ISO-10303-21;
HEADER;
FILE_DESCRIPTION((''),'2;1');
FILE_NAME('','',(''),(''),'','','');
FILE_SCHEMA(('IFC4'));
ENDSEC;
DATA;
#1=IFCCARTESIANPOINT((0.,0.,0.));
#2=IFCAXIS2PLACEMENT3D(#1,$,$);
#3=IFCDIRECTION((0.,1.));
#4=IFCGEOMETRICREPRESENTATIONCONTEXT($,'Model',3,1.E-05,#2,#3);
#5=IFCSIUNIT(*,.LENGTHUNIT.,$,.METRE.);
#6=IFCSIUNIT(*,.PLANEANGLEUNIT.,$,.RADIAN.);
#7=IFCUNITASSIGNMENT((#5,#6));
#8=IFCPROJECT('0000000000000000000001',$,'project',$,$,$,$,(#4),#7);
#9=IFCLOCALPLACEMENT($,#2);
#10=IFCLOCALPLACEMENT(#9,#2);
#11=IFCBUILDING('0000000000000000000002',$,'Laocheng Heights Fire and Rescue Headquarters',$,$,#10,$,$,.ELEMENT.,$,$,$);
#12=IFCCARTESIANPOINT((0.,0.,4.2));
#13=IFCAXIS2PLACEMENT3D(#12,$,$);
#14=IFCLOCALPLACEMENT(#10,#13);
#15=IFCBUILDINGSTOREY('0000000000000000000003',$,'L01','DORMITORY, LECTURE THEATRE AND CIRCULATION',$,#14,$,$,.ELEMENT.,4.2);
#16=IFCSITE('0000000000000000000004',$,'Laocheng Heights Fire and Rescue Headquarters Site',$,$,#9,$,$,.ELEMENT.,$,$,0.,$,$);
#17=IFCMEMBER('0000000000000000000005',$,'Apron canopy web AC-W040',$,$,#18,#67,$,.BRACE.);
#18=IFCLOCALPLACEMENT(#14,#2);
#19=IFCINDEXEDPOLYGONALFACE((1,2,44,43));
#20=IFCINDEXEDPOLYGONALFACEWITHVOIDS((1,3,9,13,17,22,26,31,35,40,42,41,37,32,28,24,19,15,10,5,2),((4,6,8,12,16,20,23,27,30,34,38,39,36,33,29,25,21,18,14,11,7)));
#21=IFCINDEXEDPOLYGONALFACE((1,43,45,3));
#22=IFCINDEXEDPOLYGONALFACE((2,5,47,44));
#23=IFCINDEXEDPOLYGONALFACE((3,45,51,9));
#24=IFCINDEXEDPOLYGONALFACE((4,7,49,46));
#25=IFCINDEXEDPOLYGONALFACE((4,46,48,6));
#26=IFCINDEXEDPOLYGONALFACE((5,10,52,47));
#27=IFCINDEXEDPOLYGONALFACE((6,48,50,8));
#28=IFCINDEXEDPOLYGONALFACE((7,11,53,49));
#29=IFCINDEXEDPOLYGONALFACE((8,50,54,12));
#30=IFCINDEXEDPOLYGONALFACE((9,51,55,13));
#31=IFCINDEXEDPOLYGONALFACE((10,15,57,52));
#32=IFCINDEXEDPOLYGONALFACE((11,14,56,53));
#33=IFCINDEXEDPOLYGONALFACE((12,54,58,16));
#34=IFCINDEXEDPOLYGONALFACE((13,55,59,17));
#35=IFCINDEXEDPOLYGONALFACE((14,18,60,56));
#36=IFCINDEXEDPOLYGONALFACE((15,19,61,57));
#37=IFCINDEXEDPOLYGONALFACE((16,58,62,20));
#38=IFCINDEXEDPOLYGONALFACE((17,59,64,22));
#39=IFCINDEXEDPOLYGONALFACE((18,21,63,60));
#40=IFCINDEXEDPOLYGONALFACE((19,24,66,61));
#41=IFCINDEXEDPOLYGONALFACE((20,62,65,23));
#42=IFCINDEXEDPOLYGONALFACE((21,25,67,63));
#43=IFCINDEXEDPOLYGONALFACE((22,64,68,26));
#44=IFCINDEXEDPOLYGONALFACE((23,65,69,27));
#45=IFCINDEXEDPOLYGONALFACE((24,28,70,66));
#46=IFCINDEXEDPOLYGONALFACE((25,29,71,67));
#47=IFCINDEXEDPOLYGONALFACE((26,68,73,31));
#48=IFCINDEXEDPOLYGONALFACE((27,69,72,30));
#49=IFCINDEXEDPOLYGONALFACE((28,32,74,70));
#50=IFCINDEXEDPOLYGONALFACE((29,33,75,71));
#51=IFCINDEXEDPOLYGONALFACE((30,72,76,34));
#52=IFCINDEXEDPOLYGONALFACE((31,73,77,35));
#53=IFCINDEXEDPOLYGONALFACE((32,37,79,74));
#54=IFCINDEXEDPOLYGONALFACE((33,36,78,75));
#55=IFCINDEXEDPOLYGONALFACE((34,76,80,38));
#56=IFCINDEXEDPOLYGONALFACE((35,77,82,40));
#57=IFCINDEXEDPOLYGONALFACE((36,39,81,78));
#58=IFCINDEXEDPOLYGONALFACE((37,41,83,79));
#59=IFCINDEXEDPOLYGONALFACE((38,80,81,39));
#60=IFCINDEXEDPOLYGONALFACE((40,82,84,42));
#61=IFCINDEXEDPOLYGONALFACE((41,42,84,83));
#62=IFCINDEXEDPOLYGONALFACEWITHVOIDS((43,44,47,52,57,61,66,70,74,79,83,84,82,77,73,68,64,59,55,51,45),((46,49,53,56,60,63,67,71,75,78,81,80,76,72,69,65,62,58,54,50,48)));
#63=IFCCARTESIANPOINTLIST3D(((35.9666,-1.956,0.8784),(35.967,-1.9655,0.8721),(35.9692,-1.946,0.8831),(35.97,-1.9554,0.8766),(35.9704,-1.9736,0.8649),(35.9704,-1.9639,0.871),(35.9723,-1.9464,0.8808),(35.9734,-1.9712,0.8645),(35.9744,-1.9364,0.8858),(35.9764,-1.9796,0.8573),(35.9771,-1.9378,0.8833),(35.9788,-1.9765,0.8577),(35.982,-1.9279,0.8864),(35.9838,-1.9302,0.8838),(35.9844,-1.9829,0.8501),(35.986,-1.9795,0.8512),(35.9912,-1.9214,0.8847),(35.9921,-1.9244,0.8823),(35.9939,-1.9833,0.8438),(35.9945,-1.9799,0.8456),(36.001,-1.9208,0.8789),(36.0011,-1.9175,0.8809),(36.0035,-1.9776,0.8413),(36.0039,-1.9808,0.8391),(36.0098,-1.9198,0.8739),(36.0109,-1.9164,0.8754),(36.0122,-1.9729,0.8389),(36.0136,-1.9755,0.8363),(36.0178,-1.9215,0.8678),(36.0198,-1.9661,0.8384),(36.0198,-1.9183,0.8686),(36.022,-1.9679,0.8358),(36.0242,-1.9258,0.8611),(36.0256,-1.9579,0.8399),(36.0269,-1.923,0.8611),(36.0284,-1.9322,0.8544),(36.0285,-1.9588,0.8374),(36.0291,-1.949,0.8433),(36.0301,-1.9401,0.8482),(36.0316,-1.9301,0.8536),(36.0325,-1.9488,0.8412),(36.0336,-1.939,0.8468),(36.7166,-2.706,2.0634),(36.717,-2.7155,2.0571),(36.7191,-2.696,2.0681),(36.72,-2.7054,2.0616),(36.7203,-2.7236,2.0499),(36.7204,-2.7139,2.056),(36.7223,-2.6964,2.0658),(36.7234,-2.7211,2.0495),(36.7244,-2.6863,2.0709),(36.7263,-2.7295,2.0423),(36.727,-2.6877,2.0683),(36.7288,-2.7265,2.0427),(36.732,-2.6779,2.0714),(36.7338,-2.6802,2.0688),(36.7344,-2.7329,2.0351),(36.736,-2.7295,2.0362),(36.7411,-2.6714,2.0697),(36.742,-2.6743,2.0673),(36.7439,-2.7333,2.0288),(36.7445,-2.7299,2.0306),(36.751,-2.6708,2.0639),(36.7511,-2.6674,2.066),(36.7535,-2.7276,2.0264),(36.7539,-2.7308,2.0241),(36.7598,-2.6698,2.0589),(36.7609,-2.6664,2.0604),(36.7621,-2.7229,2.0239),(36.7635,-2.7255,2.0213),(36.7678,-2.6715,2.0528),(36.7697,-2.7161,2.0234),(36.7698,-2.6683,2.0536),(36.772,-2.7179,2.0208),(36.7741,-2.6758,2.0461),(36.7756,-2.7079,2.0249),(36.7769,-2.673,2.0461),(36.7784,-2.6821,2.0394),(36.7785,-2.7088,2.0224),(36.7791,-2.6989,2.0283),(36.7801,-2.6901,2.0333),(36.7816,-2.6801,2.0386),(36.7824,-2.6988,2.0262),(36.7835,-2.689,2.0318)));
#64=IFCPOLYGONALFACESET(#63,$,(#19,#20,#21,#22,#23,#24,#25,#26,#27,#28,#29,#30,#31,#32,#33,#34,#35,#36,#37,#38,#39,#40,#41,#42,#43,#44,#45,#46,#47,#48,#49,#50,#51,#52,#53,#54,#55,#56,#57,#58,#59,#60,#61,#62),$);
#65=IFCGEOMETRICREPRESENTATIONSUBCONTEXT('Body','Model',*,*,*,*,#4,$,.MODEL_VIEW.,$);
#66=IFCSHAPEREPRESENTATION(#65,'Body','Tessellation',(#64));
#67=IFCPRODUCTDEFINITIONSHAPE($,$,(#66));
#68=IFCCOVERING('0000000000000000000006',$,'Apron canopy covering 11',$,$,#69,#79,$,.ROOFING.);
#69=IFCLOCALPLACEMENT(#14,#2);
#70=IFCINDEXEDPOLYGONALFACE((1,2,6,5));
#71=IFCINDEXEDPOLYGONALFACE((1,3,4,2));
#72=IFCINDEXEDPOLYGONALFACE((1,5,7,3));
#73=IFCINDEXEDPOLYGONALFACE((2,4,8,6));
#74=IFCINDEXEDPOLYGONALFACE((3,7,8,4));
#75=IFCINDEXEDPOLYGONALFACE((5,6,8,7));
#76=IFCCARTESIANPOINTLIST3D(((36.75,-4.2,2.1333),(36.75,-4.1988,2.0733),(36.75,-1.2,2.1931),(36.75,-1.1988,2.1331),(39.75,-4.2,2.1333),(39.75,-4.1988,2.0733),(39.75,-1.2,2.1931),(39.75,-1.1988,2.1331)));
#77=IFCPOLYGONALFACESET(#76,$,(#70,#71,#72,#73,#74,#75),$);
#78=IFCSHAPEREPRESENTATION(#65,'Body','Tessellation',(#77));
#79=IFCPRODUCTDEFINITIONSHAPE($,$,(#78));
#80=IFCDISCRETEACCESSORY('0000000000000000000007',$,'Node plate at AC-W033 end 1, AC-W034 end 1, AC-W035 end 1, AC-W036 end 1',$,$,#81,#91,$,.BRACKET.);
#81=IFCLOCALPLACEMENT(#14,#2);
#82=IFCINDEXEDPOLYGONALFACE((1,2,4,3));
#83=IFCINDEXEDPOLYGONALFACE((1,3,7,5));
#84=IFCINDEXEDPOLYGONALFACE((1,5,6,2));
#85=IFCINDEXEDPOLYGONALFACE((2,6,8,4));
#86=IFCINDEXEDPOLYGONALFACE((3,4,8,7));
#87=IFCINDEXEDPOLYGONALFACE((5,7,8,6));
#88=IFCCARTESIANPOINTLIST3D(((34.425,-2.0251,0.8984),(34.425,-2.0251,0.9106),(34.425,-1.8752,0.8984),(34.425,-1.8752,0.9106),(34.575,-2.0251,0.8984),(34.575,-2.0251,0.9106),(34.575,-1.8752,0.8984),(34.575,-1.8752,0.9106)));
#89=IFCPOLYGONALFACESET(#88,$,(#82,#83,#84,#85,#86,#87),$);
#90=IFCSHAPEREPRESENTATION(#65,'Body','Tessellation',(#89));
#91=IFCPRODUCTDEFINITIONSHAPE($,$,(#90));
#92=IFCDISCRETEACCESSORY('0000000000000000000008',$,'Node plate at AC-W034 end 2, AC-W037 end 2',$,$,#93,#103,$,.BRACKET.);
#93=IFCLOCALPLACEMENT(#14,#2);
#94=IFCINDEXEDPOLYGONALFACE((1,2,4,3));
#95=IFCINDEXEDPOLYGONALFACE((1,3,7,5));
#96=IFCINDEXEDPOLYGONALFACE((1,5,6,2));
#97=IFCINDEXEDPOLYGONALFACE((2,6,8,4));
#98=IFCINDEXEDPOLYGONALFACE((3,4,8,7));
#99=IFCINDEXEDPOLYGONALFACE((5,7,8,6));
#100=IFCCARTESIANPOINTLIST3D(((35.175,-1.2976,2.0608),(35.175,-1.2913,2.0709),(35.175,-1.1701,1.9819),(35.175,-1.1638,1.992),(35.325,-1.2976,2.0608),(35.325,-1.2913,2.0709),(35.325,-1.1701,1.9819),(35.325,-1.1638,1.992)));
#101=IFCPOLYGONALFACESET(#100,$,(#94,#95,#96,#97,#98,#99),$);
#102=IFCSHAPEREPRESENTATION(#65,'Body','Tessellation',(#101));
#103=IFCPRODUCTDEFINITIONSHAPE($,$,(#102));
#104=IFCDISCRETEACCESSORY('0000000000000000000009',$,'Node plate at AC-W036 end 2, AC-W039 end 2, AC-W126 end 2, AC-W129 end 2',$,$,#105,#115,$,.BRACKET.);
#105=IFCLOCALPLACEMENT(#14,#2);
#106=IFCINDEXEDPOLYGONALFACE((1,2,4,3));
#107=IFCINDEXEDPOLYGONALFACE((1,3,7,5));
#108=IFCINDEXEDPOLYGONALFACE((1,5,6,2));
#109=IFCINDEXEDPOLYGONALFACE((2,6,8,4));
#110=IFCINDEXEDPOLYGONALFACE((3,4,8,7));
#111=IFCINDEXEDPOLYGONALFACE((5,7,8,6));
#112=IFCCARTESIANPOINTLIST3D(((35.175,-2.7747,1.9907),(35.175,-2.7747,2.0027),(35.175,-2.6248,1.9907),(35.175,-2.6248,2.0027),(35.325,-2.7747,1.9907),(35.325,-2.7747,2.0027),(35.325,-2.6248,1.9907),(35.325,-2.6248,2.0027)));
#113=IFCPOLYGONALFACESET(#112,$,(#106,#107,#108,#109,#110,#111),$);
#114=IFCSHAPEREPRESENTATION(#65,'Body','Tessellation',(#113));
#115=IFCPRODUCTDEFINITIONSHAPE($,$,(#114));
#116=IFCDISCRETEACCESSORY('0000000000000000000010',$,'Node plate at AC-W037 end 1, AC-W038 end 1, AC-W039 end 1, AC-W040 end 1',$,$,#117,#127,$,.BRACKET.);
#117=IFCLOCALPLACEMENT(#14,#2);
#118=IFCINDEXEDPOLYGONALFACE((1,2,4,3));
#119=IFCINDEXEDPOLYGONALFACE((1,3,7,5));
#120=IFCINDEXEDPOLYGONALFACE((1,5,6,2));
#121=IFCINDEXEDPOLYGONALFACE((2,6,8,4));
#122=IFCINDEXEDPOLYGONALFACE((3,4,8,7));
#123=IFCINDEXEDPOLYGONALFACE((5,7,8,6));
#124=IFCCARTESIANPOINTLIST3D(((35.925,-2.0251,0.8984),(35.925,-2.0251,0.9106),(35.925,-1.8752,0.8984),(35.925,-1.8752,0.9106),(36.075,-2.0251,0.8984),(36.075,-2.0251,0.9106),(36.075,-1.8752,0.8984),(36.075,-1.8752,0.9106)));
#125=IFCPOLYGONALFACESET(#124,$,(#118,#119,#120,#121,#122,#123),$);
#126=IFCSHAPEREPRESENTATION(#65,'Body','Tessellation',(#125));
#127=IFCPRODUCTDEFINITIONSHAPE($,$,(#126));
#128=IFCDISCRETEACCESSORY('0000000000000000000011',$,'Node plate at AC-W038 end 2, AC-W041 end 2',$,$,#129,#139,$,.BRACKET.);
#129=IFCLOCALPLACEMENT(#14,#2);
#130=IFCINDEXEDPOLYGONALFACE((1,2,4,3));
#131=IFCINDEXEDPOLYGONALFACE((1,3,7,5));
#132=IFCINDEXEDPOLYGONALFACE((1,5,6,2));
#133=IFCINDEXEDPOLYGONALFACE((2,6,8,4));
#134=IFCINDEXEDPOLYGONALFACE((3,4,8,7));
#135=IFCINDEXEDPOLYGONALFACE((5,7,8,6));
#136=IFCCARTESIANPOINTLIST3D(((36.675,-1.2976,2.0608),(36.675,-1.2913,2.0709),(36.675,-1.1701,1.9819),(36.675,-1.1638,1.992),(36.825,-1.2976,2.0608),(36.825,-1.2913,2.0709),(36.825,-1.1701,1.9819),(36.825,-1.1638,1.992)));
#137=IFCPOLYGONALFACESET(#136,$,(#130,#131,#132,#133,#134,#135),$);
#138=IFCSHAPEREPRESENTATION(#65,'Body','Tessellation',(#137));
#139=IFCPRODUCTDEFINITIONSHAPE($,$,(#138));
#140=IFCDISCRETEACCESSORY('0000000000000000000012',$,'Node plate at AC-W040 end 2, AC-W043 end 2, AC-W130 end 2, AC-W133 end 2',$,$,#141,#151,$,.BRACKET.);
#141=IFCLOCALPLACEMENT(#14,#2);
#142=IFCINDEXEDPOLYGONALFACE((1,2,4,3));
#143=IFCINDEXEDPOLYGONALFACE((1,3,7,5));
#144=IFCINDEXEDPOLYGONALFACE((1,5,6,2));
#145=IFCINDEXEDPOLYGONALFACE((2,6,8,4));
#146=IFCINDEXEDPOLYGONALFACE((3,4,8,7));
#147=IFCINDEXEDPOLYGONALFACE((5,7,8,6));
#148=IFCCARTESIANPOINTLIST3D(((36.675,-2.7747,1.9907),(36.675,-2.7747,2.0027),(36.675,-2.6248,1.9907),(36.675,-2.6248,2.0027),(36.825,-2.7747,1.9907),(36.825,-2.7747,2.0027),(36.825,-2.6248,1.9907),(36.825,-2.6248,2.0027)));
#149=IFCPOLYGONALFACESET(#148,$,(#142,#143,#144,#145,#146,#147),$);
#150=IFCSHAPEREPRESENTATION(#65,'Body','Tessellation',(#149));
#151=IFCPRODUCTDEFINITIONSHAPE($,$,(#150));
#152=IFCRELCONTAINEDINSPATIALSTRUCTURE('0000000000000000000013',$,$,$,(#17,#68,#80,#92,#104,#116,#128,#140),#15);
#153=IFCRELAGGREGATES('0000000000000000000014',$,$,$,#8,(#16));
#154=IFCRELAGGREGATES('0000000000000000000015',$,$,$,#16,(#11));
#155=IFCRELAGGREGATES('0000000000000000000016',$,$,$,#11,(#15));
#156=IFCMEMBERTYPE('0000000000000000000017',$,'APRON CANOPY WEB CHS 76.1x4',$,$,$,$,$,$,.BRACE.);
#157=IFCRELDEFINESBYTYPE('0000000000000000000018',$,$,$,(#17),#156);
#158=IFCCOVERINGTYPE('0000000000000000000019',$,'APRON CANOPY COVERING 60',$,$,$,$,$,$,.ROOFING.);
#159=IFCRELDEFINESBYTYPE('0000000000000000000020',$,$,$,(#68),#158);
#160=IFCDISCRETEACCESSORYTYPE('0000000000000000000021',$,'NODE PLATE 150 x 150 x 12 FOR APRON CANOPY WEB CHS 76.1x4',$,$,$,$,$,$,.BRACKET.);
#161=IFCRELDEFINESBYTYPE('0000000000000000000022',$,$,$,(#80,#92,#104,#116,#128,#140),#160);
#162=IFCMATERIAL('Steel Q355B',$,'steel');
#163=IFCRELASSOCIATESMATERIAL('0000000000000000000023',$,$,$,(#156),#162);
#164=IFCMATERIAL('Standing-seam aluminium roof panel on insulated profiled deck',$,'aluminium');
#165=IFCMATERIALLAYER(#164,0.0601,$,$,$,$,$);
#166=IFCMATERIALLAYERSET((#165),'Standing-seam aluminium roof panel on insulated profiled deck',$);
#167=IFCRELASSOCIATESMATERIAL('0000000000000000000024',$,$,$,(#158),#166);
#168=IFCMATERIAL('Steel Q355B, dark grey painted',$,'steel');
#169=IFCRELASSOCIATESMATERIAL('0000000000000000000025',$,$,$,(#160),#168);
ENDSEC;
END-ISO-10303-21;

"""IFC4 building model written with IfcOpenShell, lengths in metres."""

from ifc_helpers import new_model, si_unit, direction, frame, origin, origin_2d, place, context, subcontext, project, spatial, polyline, rectangle, hollow_circle, outline, extrude, material, layer, layer_set, material_profile, profile_set, type_object, element, save


model = new_model("IFC4")

# Units and contexts
model_context = context("Model", 3, precision=1e-05, world=origin(), true_north=direction((0.0, 1.0)))
body_context = subcontext(model_context, "Body", "Model", "MODEL_VIEW")
ifc_project = project(units=[si_unit("LENGTHUNIT", "METRE"), si_unit("PLANEANGLEUNIT", "RADIAN")], contexts=[model_context])

# Site, building, storey
site_placement = place(None, origin())
site = spatial("IfcSite", under=ifc_project, at=site_placement, Name="Laocheng Heights Fire and Rescue Headquarters Site", CompositionType="ELEMENT", RefElevation=0.0)
building_placement = place(site_placement, origin())
building = spatial("IfcBuilding", under=site, at=building_placement, Name="Laocheng Heights Fire and Rescue Headquarters", CompositionType="ELEMENT")
storey_placement = place(building_placement, frame((0.0, 0.0, 4.2)))
storey = spatial("IfcBuildingStorey", under=building, at=storey_placement, Name="L01", Description="DORMITORY, LECTURE THEATRE AND CIRCULATION", CompositionType="ELEMENT", Elevation=4.2)

# Member
ifc_material_1 = material(Name="Steel Q355B", Category="steel")
ifc_material_profile_1 = material_profile(ifc_material_1, hollow_circle(Radius=0.0381, WallThickness=0.0039, at=origin_2d()), Name="CHS 76.1x4")
ifc_profile_set_1 = profile_set([ifc_material_profile_1], Name="Steel Q355B")
member_type_1 = type_object("IfcMemberType", Name="APRON CANOPY WEB CHS 76.1x4", PredefinedType="BRACE", material=ifc_profile_set_1)
for number, where, z_axis, x_axis, name in (
    (1, (36.0, -1.95, 0.8611), (0.47158, -0.47158, 0.745134), (0.707107, 0.707107, 0.0), "Apron canopy web AC-W040"),
):
    element("IfcMember", number, at=place(storey_placement, frame(where, z_axis=z_axis, x_axis=x_axis)), inside=storey, type_object=member_type_1, Name=name, PredefinedType="BRACE", context=body_context, shape_type="SweptSolid", body=[
        extrude(hollow_circle(Radius=0.0381, WallThickness=0.0039, at=origin_2d()), origin(), (0.0, 0.0, 1.0), 1.5903),
    ])

# Covering
ifc_material_2 = material(Name="Standing-seam aluminium roof panel on insulated profiled deck", Category="aluminium")
ifc_layer = layer(ifc_material_2, 0.0601)
ifc_layer_set = layer_set([ifc_layer], Name="Standing-seam aluminium roof panel on insulated profiled deck")
covering_type = type_object("IfcCoveringType", Name="APRON CANOPY COVERING 60", PredefinedType="ROOFING", material=ifc_layer_set)
covering_placement = place(storey_placement, frame((36.75, -1.2, 2.1931), z_axis=(0.0, -0.019934, 0.999801), x_axis=(1.0, 0.0, 0.0)))
element("IfcCovering", 2, at=covering_placement, inside=storey, type_object=covering_type, Name="Apron canopy covering 11", PredefinedType="ROOFING", context=body_context, shape_type="SweptSolid", body=[
    extrude(outline(polyline([(0.0, 0.0), (3.0, 0.0), (3.0, -3.0006), (0.0, -3.0006), (0.0, 0.0)])), origin(), (0.0, 0.0, -1.0), 0.0601),
])

# Discrete accessories
ifc_material_3 = material(Name="Steel Q355B, dark grey painted", Category="steel")
ifc_material_profile_2 = material_profile(ifc_material_3, rectangle(XDim=0.1499, YDim=0.1499, at=origin_2d()), Name="NODE PLATE 150 x 150 x 12 FOR APRON CANOPY WEB CHS 76.1x4")
ifc_profile_set_2 = profile_set([ifc_material_profile_2], Name="Steel Q355B, dark grey painted")
discrete_accessory_type = type_object("IfcDiscreteAccessoryType", Name="NODE PLATE 150 x 150 x 12 FOR APRON CANOPY WEB CHS 76.1x4", PredefinedType="BRACKET", material=ifc_profile_set_2)
discrete_accessory_1_placement = place(storey_placement, frame((34.5, -1.9502, 0.8984), z_axis=(0.0, 0.0, 1.0), x_axis=(1.0, 0.0, 0.0)))
element("IfcDiscreteAccessory", 3, at=discrete_accessory_1_placement, inside=storey, type_object=discrete_accessory_type, Name="Node plate at AC-W033 end 1, AC-W034 end 1, AC-W035 end 1, AC-W036 end 1", PredefinedType="BRACKET", context=body_context, shape_type="SweptSolid", body=[
    extrude(rectangle(XDim=0.1499, YDim=0.1499, at=origin_2d()), origin(), (0.0, 0.0, 1.0), 0.0122),
])
for number, where, z_axis, x_axis, name in (
    (4, (35.25, -1.2275, 2.0315), (0.0, -0.526355, -0.850265), (1.0, 0.0, 0.0), "Node plate at AC-W034 end 2, AC-W037 end 2"),
    (5, (35.25, -2.6997, 2.0027), (0.0, 0.0, -1.0), (1.0, 0.0, 0.0), "Node plate at AC-W036 end 2, AC-W039 end 2, AC-W126 end 2, AC-W129 end 2"),
):
    element("IfcDiscreteAccessory", number, at=place(storey_placement, frame(where, z_axis=z_axis, x_axis=x_axis)), inside=storey, type_object=discrete_accessory_type, Name=name, PredefinedType="BRACKET", context=body_context, shape_type="SweptSolid", body=[
        extrude(rectangle(XDim=0.1499, YDim=0.1499, at=origin_2d()), origin(), (0.0, 0.0, 1.0), 0.012),
    ])
discrete_accessory_2_placement = place(storey_placement, frame((36.0, -1.9502, 0.8984), z_axis=(0.0, 0.0, 1.0), x_axis=(1.0, 0.0, 0.0)))
element("IfcDiscreteAccessory", 6, at=discrete_accessory_2_placement, inside=storey, type_object=discrete_accessory_type, Name="Node plate at AC-W037 end 1, AC-W038 end 1, AC-W039 end 1, AC-W040 end 1", PredefinedType="BRACKET", context=body_context, shape_type="SweptSolid", body=[
    extrude(rectangle(XDim=0.1499, YDim=0.1499, at=origin_2d()), origin(), (0.0, 0.0, 1.0), 0.0122),
])
for number, where, z_axis, x_axis, name in (
    (7, (36.75, -1.2275, 2.0315), (0.0, -0.526355, -0.850265), (1.0, 0.0, 0.0), "Node plate at AC-W038 end 2, AC-W041 end 2"),
    (8, (36.75, -2.6997, 2.0027), (0.0, 0.0, -1.0), (1.0, 0.0, 0.0), "Node plate at AC-W040 end 2, AC-W043 end 2, AC-W130 end 2, AC-W133 end 2"),
):
    element("IfcDiscreteAccessory", number, at=place(storey_placement, frame(where, z_axis=z_axis, x_axis=x_axis)), inside=storey, type_object=discrete_accessory_type, Name=name, PredefinedType="BRACKET", context=body_context, shape_type="SweptSolid", body=[
        extrude(rectangle(XDim=0.1499, YDim=0.1499, at=origin_2d()), origin(), (0.0, 0.0, 1.0), 0.012),
    ])

save(model, "model.ifc")
